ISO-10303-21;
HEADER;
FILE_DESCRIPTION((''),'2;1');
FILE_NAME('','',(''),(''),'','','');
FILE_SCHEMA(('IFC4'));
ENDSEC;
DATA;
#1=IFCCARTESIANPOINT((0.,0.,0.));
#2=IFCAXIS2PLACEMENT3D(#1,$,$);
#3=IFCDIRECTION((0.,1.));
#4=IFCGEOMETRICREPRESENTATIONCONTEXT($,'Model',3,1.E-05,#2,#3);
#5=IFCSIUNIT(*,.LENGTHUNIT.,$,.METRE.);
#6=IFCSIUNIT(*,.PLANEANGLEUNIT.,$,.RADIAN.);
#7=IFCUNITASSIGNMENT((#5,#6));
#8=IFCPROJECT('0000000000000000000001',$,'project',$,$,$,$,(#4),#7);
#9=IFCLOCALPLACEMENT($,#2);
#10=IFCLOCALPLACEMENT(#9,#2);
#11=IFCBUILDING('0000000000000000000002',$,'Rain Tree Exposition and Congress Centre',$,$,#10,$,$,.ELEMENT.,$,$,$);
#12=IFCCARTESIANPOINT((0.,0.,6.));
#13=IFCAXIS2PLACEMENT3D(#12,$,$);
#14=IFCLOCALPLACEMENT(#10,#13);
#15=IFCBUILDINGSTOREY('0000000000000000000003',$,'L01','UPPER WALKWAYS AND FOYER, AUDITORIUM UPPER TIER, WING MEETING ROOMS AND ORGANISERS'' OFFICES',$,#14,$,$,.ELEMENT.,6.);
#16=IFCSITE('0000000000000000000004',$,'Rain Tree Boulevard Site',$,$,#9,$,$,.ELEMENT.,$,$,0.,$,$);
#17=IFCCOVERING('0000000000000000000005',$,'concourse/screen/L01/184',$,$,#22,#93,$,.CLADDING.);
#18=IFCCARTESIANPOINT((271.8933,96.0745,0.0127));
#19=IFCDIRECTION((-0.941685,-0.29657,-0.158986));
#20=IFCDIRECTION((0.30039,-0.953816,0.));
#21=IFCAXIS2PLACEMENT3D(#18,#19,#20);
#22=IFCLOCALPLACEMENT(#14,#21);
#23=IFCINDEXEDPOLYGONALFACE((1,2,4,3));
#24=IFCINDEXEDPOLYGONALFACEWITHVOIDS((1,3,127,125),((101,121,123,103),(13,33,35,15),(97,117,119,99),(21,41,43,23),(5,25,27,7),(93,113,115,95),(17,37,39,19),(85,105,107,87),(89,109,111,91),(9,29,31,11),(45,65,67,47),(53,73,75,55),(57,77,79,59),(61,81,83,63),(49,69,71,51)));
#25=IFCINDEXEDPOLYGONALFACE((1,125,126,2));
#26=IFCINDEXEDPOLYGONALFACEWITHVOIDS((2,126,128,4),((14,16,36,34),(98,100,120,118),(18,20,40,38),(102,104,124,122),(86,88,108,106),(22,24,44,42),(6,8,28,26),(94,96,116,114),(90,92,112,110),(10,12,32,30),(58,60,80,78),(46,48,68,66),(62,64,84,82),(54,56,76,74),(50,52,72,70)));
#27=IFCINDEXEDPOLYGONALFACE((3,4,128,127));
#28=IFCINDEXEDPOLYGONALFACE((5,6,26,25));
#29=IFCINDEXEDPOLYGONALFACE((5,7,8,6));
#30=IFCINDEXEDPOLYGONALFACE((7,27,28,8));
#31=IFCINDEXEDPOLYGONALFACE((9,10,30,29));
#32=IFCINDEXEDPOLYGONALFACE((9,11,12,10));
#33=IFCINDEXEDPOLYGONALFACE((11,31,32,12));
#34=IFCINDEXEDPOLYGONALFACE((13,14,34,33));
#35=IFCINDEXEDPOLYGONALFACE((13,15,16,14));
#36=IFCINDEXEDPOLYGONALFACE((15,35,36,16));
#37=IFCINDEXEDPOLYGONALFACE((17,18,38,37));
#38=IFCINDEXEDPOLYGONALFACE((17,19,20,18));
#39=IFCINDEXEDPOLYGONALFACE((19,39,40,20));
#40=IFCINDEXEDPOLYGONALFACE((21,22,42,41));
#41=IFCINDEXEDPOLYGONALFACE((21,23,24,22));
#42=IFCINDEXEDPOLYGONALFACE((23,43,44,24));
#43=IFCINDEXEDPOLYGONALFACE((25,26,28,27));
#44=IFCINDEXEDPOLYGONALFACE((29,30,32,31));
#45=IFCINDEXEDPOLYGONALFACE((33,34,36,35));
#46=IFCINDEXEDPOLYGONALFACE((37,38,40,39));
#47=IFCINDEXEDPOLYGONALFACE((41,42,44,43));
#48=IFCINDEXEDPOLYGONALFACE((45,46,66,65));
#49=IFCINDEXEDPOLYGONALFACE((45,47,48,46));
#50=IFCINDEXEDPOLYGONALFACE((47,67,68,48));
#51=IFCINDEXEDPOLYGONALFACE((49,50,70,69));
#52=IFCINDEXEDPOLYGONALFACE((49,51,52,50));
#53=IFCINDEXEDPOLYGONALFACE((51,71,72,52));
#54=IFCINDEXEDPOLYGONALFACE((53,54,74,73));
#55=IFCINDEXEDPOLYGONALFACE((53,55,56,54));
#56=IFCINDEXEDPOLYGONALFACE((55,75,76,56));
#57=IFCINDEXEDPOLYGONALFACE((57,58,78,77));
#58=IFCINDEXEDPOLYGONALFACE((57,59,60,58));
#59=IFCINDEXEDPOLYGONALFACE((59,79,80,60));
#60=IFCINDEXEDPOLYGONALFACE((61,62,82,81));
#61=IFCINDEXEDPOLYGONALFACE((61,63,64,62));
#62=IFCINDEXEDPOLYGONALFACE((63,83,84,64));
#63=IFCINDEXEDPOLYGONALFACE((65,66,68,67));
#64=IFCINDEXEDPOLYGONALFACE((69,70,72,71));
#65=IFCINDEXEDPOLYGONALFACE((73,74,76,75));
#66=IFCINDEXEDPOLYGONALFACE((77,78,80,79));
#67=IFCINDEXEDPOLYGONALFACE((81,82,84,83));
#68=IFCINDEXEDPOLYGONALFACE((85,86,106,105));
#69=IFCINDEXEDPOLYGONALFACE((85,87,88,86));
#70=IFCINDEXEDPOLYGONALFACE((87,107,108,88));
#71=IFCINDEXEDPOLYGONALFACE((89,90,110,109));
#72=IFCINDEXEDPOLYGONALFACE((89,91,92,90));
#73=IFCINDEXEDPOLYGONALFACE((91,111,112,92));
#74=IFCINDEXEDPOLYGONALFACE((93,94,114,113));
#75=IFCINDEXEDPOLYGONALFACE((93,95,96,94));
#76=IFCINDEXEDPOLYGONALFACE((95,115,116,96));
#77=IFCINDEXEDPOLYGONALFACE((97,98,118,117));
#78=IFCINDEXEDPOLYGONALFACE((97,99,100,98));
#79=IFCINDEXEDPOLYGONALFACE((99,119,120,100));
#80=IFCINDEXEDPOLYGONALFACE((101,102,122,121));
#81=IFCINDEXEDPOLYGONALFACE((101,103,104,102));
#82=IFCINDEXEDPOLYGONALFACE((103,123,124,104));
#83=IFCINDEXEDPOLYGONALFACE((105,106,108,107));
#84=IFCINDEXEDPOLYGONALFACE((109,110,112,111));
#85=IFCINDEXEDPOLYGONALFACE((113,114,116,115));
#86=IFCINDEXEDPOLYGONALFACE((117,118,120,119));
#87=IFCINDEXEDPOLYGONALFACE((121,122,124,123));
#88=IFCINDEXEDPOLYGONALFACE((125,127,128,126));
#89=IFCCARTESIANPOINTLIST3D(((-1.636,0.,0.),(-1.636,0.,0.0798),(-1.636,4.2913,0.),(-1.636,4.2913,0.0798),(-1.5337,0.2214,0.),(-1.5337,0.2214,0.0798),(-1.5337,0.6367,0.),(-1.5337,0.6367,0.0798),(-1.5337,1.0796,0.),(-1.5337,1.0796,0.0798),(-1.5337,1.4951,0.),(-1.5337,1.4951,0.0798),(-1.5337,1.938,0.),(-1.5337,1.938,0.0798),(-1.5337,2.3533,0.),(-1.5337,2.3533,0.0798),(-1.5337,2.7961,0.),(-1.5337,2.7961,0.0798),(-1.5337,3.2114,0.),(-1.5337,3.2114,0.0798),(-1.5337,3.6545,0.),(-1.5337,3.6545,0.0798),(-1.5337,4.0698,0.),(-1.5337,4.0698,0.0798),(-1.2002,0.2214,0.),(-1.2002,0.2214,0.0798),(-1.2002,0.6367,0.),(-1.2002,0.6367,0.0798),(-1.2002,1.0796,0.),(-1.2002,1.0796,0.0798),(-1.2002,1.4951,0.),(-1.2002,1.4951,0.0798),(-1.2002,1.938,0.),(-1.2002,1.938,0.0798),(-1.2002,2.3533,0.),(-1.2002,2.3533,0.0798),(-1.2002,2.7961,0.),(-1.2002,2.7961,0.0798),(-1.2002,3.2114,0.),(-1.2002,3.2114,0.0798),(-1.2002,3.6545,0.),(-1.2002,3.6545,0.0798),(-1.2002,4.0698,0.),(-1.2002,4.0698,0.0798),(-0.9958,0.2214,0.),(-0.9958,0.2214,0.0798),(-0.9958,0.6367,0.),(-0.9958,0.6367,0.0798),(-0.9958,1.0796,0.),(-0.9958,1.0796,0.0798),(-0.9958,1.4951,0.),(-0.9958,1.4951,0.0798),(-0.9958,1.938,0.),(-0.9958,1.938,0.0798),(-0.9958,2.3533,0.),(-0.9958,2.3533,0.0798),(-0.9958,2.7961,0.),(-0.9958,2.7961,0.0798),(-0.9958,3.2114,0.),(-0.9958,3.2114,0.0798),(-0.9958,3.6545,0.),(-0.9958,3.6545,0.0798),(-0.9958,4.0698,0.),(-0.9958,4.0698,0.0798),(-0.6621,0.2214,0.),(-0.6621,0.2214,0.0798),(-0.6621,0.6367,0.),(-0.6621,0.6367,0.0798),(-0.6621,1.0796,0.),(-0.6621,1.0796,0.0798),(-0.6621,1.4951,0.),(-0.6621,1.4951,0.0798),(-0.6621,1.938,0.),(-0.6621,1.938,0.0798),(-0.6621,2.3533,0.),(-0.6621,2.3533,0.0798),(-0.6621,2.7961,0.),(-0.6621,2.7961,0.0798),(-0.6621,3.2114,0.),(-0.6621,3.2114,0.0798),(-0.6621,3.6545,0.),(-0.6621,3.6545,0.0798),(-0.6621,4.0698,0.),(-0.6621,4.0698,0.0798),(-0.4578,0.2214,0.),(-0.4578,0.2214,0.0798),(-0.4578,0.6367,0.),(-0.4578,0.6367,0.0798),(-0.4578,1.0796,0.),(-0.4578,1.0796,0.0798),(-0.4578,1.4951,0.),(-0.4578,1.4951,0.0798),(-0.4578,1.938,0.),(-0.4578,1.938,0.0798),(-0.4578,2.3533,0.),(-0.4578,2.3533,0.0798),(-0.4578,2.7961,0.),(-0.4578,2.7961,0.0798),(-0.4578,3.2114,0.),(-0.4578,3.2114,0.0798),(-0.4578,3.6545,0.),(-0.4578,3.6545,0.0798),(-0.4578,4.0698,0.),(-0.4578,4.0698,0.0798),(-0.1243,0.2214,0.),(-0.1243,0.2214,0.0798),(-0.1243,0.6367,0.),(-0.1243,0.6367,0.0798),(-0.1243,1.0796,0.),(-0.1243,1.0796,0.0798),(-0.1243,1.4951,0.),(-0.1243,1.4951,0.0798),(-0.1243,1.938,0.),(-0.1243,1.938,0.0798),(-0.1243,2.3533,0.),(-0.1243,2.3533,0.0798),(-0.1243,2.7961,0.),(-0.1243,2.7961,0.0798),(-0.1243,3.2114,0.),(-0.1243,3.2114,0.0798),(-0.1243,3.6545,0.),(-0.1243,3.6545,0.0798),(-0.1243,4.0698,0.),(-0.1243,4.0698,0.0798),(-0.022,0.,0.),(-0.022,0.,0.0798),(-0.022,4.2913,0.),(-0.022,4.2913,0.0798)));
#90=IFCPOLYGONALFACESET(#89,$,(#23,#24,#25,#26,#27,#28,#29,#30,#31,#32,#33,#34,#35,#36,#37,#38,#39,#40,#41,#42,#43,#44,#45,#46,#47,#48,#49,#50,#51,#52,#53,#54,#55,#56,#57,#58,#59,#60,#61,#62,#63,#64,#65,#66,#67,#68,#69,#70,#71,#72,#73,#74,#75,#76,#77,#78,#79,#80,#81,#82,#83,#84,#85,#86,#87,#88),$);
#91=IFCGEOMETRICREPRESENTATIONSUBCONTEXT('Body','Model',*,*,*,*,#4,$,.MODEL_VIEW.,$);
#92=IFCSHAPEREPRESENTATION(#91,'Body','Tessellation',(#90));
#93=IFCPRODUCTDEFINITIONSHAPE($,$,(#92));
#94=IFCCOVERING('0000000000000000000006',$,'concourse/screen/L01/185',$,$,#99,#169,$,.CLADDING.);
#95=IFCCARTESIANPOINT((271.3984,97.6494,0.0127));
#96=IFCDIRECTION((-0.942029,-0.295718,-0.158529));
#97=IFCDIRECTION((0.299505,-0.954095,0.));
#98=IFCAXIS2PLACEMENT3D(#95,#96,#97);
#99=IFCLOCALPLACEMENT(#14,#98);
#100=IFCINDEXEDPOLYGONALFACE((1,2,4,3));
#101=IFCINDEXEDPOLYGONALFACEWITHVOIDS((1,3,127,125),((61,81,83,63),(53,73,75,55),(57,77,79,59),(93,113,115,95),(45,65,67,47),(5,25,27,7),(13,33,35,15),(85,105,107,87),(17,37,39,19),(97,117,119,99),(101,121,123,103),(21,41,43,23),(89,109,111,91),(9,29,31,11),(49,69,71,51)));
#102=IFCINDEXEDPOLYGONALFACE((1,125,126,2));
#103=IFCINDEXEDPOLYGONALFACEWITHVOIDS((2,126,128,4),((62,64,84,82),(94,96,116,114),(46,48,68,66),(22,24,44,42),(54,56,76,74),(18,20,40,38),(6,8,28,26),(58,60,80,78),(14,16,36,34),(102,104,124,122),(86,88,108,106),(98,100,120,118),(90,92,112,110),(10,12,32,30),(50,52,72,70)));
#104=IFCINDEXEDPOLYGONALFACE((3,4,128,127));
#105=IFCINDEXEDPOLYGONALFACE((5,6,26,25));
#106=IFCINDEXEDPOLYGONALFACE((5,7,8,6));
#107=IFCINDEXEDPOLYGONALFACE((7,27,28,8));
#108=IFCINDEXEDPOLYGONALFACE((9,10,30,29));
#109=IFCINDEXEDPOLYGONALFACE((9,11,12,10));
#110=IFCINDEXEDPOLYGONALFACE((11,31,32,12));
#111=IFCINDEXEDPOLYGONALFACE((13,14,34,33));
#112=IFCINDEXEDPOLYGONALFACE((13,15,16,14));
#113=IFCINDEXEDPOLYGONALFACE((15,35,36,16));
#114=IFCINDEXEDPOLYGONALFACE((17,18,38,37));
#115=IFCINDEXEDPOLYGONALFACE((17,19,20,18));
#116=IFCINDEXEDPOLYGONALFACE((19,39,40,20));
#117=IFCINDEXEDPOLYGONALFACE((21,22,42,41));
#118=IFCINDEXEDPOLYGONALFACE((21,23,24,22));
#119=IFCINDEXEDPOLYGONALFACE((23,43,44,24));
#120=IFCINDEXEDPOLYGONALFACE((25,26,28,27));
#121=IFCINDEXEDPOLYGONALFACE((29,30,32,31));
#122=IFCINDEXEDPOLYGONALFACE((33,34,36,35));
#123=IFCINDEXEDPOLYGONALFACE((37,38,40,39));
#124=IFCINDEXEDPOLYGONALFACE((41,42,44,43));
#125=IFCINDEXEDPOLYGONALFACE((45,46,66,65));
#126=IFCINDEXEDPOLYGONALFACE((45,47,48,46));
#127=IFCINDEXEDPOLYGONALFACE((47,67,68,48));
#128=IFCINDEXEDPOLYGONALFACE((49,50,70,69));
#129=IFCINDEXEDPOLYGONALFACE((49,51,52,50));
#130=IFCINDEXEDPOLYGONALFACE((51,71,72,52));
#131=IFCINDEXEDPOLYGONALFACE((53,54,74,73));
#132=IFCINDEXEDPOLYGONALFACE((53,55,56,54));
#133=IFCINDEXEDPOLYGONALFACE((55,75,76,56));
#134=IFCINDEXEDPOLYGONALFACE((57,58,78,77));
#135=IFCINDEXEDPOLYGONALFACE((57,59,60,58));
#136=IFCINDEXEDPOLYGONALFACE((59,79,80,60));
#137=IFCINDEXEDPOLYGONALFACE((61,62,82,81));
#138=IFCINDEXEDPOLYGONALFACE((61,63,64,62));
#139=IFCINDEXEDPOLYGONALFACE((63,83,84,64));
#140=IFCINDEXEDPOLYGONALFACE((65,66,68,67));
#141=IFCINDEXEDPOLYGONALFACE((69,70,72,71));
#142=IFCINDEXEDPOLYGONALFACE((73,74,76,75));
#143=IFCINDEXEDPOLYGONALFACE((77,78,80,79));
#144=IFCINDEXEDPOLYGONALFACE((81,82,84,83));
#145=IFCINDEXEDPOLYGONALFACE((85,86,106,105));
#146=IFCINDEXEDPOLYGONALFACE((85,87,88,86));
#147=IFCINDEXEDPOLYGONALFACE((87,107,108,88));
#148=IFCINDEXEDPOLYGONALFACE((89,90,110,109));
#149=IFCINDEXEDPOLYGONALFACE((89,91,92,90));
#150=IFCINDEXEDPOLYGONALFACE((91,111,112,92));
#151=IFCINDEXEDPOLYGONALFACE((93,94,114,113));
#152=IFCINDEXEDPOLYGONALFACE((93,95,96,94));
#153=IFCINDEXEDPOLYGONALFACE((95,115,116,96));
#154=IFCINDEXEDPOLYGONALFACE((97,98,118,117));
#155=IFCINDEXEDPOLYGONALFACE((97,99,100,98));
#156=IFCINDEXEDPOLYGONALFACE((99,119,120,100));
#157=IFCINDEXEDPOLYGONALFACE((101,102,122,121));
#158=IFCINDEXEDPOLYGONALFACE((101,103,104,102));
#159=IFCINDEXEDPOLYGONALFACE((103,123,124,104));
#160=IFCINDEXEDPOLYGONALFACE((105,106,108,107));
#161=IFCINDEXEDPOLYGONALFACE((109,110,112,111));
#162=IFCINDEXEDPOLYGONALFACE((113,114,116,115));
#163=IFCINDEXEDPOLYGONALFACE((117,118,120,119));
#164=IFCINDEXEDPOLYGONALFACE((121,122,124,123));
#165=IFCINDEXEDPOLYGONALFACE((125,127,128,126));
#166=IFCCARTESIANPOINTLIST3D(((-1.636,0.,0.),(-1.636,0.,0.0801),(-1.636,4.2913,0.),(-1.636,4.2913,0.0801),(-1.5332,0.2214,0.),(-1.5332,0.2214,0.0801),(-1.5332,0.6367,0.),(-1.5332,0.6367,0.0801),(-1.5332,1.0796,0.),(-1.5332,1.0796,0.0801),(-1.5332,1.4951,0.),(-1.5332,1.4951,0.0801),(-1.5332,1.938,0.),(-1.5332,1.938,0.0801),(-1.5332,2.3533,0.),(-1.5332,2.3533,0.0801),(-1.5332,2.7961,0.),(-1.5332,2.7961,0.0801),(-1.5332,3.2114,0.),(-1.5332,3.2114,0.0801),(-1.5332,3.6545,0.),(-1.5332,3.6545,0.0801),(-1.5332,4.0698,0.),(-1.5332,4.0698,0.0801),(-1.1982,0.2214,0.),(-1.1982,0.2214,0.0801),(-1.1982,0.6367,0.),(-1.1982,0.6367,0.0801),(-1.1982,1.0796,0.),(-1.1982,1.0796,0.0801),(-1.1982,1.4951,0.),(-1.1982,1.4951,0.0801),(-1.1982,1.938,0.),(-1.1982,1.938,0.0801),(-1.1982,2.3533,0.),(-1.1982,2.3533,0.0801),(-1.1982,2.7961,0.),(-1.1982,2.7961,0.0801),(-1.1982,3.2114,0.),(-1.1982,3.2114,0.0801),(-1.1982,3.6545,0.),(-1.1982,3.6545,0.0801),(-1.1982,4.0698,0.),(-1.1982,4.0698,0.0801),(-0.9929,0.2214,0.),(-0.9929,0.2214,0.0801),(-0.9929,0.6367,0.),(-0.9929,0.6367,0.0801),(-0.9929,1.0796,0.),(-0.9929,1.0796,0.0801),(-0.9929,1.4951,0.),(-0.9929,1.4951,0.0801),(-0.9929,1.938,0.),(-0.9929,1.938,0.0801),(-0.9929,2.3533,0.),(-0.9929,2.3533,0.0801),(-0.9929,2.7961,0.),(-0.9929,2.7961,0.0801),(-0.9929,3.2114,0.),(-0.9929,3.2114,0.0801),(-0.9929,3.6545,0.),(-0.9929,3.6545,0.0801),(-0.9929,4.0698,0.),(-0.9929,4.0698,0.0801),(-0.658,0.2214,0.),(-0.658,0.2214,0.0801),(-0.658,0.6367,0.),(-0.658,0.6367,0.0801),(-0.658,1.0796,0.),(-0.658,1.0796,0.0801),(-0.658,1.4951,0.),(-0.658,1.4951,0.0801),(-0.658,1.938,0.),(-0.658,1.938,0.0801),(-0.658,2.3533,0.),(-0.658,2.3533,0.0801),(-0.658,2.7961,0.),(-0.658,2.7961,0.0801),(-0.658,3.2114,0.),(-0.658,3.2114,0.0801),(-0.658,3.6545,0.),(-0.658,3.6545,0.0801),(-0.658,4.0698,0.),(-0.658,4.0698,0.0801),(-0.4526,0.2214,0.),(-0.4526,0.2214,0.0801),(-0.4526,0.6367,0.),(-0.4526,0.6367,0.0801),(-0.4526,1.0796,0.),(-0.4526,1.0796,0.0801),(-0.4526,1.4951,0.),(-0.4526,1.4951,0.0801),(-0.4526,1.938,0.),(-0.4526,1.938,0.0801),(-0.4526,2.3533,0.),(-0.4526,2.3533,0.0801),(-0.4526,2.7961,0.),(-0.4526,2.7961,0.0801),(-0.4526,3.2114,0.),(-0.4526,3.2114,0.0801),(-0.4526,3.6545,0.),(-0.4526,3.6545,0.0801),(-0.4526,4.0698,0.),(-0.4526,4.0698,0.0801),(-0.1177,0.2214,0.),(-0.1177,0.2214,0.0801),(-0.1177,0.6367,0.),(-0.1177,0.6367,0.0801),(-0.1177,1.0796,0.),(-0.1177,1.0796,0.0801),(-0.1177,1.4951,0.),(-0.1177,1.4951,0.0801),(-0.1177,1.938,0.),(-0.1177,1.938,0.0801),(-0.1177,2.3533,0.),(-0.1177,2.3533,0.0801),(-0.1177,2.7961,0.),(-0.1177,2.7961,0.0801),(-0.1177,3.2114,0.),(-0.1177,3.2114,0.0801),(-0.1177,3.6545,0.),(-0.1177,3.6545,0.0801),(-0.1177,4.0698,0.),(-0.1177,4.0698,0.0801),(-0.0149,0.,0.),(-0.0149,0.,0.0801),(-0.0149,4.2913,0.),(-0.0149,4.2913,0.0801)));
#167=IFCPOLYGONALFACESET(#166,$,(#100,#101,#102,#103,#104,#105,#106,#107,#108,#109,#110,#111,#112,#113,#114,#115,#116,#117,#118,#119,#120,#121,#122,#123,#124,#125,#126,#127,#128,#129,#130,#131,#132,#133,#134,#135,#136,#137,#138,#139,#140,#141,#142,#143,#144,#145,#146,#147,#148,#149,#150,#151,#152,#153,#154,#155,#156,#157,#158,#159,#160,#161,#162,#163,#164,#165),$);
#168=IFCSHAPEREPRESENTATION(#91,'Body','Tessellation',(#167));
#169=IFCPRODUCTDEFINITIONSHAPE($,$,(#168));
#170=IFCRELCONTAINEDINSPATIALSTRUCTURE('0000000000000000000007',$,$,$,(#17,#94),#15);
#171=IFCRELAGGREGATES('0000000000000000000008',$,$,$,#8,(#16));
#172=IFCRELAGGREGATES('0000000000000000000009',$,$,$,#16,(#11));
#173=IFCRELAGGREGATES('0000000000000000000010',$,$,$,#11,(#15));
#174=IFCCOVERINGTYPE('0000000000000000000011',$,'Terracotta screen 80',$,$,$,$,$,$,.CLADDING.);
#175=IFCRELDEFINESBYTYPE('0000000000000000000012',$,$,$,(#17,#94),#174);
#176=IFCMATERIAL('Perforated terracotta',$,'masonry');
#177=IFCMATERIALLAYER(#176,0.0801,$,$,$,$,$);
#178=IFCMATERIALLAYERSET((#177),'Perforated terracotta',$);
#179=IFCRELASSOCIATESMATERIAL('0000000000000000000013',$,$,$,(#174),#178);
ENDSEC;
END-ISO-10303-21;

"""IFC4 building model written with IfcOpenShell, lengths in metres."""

from ifc_helpers import new_model, si_unit, direction, frame, origin, place, context, subcontext, project, spatial, polyline, outline, extrude, material, layer, layer_set, type_object, element, save


model = new_model("IFC4")

# Units and contexts
model_context = context("Model", 3, precision=1e-05, world=origin(), true_north=direction((0.0, 1.0)))
body_context = subcontext(model_context, "Body", "Model", "MODEL_VIEW")
ifc_project = project(units=[si_unit("LENGTHUNIT", "METRE"), si_unit("PLANEANGLEUNIT", "RADIAN")], contexts=[model_context])

# Site, building, storey
site_placement = place(None, origin())
site = spatial("IfcSite", under=ifc_project, at=site_placement, Name="Rain Tree Boulevard Site", CompositionType="ELEMENT", RefElevation=0.0)
building_placement = place(site_placement, origin())
building = spatial("IfcBuilding", under=site, at=building_placement, Name="Rain Tree Exposition and Congress Centre", CompositionType="ELEMENT")
storey_placement = place(building_placement, frame((0.0, 0.0, 6.0)))
storey = spatial("IfcBuildingStorey", under=building, at=storey_placement, Name="L01", Description="UPPER WALKWAYS AND FOYER, AUDITORIUM UPPER TIER, WING MEETING ROOMS AND ORGANISERS' OFFICES", CompositionType="ELEMENT", Elevation=6.0)

# Coverings
ifc_material_1 = material(Name="Perforated terracotta", Category="masonry")
ifc_layer_1 = layer(ifc_material_1, 0.0801)
ifc_layer_set_1 = layer_set([ifc_layer_1], Name="Perforated terracotta")
covering_type = type_object("IfcCoveringType", Name="Terracotta screen 80", PredefinedType="CLADDING", material=ifc_layer_set_1)
covering_1_placement = place(storey_placement, frame((271.8933, 96.0745, 0.0127), z_axis=(-0.941685, -0.29657, -0.158986), x_axis=(0.30039, -0.953816, 0.0)))
element("IfcCovering", 1, at=covering_1_placement, inside=storey, type_object=covering_type, Name="concourse/screen/L01/184", PredefinedType="CLADDING", context=body_context, shape_type="SweptSolid", body=[
    extrude(outline(polyline([(-1.636, 0.0), (-1.636, 4.2913), (-0.022, 4.2913), (-0.022, 0.0), (-1.636, 0.0)]), holes=[polyline([(-0.1243, 0.2214), (-0.1243, 0.6367), (-0.4578, 0.6367), (-0.4578, 0.2214), (-0.1243, 0.2214)]), polyline([(-0.1243, 1.0796), (-0.1243, 1.4951), (-0.4578, 1.4951), (-0.4578, 1.0796), (-0.1243, 1.0796)]), polyline([(-0.1243, 1.938), (-0.1243, 2.3533), (-0.4578, 2.3533), (-0.4578, 1.938), (-0.1243, 1.938)]), polyline([(-0.1243, 2.7961), (-0.1243, 3.2114), (-0.4578, 3.2114), (-0.4578, 2.7961), (-0.1243, 2.7961)]), polyline([(-0.1243, 3.6545), (-0.1243, 4.0698), (-0.4578, 4.0698), (-0.4578, 3.6545), (-0.1243, 3.6545)]), polyline([(-0.6621, 0.2214), (-0.6621, 0.6367), (-0.9958, 0.6367), (-0.9958, 0.2214), (-0.6621, 0.2214)]), polyline([(-0.6621, 1.0796), (-0.6621, 1.4951), (-0.9958, 1.4951), (-0.9958, 1.0796), (-0.6621, 1.0796)]), polyline([(-0.6621, 1.938), (-0.6621, 2.3533), (-0.9958, 2.3533), (-0.9958, 1.938), (-0.6621, 1.938)]), polyline([(-0.6621, 2.7961), (-0.6621, 3.2114), (-0.9958, 3.2114), (-0.9958, 2.7961), (-0.6621, 2.7961)]), polyline([(-0.6621, 3.6545), (-0.6621, 4.0698), (-0.9958, 4.0698), (-0.9958, 3.6545), (-0.6621, 3.6545)]), polyline([(-1.2002, 0.2214), (-1.2002, 0.6367), (-1.5337, 0.6367), (-1.5337, 0.2214), (-1.2002, 0.2214)]), polyline([(-1.2002, 1.0796), (-1.2002, 1.4951), (-1.5337, 1.4951), (-1.5337, 1.0796), (-1.2002, 1.0796)]), polyline([(-1.2002, 1.938), (-1.2002, 2.3533), (-1.5337, 2.3533), (-1.5337, 1.938), (-1.2002, 1.938)]), polyline([(-1.2002, 2.7961), (-1.2002, 3.2114), (-1.5337, 3.2114), (-1.5337, 2.7961), (-1.2002, 2.7961)]), polyline([(-1.2002, 3.6545), (-1.2002, 4.0698), (-1.5337, 4.0698), (-1.5337, 3.6545), (-1.2002, 3.6545)])]), origin(), (0.0, 0.0, 1.0), 0.0798),
])
covering_2_placement = place(storey_placement, frame((271.3984, 97.6494, 0.0127), z_axis=(-0.942029, -0.295718, -0.158529), x_axis=(0.299505, -0.954095, 0.0)))
element("IfcCovering", 2, at=covering_2_placement, inside=storey, type_object=covering_type, Name="concourse/screen/L01/185", PredefinedType="CLADDING", context=body_context, shape_type="SweptSolid", body=[
    extrude(outline(polyline([(-1.636, 0.0), (-1.636, 4.2913), (-0.0149, 4.2913), (-0.0149, 0.0), (-1.636, 0.0)]), holes=[polyline([(-0.1177, 0.2214), (-0.1177, 0.6367), (-0.4526, 0.6367), (-0.4526, 0.2214), (-0.1177, 0.2214)]), polyline([(-0.1177, 1.0796), (-0.1177, 1.4951), (-0.4526, 1.4951), (-0.4526, 1.0796), (-0.1177, 1.0796)]), polyline([(-0.1177, 1.938), (-0.1177, 2.3533), (-0.4526, 2.3533), (-0.4526, 1.938), (-0.1177, 1.938)]), polyline([(-0.1177, 2.7961), (-0.1177, 3.2114), (-0.4526, 3.2114), (-0.4526, 2.7961), (-0.1177, 2.7961)]), polyline([(-0.1177, 3.6545), (-0.1177, 4.0698), (-0.4526, 4.0698), (-0.4526, 3.6545), (-0.1177, 3.6545)]), polyline([(-0.658, 0.2214), (-0.658, 0.6367), (-0.9929, 0.6367), (-0.9929, 0.2214), (-0.658, 0.2214)]), polyline([(-0.658, 1.0796), (-0.658, 1.4951), (-0.9929, 1.4951), (-0.9929, 1.0796), (-0.658, 1.0796)]), polyline([(-0.658, 1.938), (-0.658, 2.3533), (-0.9929, 2.3533), (-0.9929, 1.938), (-0.658, 1.938)]), polyline([(-0.658, 2.7961), (-0.658, 3.2114), (-0.9929, 3.2114), (-0.9929, 2.7961), (-0.658, 2.7961)]), polyline([(-0.658, 3.6545), (-0.658, 4.0698), (-0.9929, 4.0698), (-0.9929, 3.6545), (-0.658, 3.6545)]), polyline([(-1.1982, 0.2214), (-1.1982, 0.6367), (-1.5332, 0.6367), (-1.5332, 0.2214), (-1.1982, 0.2214)]), polyline([(-1.1982, 1.0796), (-1.1982, 1.4951), (-1.5332, 1.4951), (-1.5332, 1.0796), (-1.1982, 1.0796)]), polyline([(-1.1982, 1.938), (-1.1982, 2.3533), (-1.5332, 2.3533), (-1.5332, 1.938), (-1.1982, 1.938)]), polyline([(-1.1982, 2.7961), (-1.1982, 3.2114), (-1.5332, 3.2114), (-1.5332, 2.7961), (-1.1982, 2.7961)]), polyline([(-1.1982, 3.6545), (-1.1982, 4.0698), (-1.5332, 4.0698), (-1.5332, 3.6545), (-1.1982, 3.6545)])]), origin(), (0.0, 0.0, 1.0), 0.0801),
])

save(model, "model.ifc")
